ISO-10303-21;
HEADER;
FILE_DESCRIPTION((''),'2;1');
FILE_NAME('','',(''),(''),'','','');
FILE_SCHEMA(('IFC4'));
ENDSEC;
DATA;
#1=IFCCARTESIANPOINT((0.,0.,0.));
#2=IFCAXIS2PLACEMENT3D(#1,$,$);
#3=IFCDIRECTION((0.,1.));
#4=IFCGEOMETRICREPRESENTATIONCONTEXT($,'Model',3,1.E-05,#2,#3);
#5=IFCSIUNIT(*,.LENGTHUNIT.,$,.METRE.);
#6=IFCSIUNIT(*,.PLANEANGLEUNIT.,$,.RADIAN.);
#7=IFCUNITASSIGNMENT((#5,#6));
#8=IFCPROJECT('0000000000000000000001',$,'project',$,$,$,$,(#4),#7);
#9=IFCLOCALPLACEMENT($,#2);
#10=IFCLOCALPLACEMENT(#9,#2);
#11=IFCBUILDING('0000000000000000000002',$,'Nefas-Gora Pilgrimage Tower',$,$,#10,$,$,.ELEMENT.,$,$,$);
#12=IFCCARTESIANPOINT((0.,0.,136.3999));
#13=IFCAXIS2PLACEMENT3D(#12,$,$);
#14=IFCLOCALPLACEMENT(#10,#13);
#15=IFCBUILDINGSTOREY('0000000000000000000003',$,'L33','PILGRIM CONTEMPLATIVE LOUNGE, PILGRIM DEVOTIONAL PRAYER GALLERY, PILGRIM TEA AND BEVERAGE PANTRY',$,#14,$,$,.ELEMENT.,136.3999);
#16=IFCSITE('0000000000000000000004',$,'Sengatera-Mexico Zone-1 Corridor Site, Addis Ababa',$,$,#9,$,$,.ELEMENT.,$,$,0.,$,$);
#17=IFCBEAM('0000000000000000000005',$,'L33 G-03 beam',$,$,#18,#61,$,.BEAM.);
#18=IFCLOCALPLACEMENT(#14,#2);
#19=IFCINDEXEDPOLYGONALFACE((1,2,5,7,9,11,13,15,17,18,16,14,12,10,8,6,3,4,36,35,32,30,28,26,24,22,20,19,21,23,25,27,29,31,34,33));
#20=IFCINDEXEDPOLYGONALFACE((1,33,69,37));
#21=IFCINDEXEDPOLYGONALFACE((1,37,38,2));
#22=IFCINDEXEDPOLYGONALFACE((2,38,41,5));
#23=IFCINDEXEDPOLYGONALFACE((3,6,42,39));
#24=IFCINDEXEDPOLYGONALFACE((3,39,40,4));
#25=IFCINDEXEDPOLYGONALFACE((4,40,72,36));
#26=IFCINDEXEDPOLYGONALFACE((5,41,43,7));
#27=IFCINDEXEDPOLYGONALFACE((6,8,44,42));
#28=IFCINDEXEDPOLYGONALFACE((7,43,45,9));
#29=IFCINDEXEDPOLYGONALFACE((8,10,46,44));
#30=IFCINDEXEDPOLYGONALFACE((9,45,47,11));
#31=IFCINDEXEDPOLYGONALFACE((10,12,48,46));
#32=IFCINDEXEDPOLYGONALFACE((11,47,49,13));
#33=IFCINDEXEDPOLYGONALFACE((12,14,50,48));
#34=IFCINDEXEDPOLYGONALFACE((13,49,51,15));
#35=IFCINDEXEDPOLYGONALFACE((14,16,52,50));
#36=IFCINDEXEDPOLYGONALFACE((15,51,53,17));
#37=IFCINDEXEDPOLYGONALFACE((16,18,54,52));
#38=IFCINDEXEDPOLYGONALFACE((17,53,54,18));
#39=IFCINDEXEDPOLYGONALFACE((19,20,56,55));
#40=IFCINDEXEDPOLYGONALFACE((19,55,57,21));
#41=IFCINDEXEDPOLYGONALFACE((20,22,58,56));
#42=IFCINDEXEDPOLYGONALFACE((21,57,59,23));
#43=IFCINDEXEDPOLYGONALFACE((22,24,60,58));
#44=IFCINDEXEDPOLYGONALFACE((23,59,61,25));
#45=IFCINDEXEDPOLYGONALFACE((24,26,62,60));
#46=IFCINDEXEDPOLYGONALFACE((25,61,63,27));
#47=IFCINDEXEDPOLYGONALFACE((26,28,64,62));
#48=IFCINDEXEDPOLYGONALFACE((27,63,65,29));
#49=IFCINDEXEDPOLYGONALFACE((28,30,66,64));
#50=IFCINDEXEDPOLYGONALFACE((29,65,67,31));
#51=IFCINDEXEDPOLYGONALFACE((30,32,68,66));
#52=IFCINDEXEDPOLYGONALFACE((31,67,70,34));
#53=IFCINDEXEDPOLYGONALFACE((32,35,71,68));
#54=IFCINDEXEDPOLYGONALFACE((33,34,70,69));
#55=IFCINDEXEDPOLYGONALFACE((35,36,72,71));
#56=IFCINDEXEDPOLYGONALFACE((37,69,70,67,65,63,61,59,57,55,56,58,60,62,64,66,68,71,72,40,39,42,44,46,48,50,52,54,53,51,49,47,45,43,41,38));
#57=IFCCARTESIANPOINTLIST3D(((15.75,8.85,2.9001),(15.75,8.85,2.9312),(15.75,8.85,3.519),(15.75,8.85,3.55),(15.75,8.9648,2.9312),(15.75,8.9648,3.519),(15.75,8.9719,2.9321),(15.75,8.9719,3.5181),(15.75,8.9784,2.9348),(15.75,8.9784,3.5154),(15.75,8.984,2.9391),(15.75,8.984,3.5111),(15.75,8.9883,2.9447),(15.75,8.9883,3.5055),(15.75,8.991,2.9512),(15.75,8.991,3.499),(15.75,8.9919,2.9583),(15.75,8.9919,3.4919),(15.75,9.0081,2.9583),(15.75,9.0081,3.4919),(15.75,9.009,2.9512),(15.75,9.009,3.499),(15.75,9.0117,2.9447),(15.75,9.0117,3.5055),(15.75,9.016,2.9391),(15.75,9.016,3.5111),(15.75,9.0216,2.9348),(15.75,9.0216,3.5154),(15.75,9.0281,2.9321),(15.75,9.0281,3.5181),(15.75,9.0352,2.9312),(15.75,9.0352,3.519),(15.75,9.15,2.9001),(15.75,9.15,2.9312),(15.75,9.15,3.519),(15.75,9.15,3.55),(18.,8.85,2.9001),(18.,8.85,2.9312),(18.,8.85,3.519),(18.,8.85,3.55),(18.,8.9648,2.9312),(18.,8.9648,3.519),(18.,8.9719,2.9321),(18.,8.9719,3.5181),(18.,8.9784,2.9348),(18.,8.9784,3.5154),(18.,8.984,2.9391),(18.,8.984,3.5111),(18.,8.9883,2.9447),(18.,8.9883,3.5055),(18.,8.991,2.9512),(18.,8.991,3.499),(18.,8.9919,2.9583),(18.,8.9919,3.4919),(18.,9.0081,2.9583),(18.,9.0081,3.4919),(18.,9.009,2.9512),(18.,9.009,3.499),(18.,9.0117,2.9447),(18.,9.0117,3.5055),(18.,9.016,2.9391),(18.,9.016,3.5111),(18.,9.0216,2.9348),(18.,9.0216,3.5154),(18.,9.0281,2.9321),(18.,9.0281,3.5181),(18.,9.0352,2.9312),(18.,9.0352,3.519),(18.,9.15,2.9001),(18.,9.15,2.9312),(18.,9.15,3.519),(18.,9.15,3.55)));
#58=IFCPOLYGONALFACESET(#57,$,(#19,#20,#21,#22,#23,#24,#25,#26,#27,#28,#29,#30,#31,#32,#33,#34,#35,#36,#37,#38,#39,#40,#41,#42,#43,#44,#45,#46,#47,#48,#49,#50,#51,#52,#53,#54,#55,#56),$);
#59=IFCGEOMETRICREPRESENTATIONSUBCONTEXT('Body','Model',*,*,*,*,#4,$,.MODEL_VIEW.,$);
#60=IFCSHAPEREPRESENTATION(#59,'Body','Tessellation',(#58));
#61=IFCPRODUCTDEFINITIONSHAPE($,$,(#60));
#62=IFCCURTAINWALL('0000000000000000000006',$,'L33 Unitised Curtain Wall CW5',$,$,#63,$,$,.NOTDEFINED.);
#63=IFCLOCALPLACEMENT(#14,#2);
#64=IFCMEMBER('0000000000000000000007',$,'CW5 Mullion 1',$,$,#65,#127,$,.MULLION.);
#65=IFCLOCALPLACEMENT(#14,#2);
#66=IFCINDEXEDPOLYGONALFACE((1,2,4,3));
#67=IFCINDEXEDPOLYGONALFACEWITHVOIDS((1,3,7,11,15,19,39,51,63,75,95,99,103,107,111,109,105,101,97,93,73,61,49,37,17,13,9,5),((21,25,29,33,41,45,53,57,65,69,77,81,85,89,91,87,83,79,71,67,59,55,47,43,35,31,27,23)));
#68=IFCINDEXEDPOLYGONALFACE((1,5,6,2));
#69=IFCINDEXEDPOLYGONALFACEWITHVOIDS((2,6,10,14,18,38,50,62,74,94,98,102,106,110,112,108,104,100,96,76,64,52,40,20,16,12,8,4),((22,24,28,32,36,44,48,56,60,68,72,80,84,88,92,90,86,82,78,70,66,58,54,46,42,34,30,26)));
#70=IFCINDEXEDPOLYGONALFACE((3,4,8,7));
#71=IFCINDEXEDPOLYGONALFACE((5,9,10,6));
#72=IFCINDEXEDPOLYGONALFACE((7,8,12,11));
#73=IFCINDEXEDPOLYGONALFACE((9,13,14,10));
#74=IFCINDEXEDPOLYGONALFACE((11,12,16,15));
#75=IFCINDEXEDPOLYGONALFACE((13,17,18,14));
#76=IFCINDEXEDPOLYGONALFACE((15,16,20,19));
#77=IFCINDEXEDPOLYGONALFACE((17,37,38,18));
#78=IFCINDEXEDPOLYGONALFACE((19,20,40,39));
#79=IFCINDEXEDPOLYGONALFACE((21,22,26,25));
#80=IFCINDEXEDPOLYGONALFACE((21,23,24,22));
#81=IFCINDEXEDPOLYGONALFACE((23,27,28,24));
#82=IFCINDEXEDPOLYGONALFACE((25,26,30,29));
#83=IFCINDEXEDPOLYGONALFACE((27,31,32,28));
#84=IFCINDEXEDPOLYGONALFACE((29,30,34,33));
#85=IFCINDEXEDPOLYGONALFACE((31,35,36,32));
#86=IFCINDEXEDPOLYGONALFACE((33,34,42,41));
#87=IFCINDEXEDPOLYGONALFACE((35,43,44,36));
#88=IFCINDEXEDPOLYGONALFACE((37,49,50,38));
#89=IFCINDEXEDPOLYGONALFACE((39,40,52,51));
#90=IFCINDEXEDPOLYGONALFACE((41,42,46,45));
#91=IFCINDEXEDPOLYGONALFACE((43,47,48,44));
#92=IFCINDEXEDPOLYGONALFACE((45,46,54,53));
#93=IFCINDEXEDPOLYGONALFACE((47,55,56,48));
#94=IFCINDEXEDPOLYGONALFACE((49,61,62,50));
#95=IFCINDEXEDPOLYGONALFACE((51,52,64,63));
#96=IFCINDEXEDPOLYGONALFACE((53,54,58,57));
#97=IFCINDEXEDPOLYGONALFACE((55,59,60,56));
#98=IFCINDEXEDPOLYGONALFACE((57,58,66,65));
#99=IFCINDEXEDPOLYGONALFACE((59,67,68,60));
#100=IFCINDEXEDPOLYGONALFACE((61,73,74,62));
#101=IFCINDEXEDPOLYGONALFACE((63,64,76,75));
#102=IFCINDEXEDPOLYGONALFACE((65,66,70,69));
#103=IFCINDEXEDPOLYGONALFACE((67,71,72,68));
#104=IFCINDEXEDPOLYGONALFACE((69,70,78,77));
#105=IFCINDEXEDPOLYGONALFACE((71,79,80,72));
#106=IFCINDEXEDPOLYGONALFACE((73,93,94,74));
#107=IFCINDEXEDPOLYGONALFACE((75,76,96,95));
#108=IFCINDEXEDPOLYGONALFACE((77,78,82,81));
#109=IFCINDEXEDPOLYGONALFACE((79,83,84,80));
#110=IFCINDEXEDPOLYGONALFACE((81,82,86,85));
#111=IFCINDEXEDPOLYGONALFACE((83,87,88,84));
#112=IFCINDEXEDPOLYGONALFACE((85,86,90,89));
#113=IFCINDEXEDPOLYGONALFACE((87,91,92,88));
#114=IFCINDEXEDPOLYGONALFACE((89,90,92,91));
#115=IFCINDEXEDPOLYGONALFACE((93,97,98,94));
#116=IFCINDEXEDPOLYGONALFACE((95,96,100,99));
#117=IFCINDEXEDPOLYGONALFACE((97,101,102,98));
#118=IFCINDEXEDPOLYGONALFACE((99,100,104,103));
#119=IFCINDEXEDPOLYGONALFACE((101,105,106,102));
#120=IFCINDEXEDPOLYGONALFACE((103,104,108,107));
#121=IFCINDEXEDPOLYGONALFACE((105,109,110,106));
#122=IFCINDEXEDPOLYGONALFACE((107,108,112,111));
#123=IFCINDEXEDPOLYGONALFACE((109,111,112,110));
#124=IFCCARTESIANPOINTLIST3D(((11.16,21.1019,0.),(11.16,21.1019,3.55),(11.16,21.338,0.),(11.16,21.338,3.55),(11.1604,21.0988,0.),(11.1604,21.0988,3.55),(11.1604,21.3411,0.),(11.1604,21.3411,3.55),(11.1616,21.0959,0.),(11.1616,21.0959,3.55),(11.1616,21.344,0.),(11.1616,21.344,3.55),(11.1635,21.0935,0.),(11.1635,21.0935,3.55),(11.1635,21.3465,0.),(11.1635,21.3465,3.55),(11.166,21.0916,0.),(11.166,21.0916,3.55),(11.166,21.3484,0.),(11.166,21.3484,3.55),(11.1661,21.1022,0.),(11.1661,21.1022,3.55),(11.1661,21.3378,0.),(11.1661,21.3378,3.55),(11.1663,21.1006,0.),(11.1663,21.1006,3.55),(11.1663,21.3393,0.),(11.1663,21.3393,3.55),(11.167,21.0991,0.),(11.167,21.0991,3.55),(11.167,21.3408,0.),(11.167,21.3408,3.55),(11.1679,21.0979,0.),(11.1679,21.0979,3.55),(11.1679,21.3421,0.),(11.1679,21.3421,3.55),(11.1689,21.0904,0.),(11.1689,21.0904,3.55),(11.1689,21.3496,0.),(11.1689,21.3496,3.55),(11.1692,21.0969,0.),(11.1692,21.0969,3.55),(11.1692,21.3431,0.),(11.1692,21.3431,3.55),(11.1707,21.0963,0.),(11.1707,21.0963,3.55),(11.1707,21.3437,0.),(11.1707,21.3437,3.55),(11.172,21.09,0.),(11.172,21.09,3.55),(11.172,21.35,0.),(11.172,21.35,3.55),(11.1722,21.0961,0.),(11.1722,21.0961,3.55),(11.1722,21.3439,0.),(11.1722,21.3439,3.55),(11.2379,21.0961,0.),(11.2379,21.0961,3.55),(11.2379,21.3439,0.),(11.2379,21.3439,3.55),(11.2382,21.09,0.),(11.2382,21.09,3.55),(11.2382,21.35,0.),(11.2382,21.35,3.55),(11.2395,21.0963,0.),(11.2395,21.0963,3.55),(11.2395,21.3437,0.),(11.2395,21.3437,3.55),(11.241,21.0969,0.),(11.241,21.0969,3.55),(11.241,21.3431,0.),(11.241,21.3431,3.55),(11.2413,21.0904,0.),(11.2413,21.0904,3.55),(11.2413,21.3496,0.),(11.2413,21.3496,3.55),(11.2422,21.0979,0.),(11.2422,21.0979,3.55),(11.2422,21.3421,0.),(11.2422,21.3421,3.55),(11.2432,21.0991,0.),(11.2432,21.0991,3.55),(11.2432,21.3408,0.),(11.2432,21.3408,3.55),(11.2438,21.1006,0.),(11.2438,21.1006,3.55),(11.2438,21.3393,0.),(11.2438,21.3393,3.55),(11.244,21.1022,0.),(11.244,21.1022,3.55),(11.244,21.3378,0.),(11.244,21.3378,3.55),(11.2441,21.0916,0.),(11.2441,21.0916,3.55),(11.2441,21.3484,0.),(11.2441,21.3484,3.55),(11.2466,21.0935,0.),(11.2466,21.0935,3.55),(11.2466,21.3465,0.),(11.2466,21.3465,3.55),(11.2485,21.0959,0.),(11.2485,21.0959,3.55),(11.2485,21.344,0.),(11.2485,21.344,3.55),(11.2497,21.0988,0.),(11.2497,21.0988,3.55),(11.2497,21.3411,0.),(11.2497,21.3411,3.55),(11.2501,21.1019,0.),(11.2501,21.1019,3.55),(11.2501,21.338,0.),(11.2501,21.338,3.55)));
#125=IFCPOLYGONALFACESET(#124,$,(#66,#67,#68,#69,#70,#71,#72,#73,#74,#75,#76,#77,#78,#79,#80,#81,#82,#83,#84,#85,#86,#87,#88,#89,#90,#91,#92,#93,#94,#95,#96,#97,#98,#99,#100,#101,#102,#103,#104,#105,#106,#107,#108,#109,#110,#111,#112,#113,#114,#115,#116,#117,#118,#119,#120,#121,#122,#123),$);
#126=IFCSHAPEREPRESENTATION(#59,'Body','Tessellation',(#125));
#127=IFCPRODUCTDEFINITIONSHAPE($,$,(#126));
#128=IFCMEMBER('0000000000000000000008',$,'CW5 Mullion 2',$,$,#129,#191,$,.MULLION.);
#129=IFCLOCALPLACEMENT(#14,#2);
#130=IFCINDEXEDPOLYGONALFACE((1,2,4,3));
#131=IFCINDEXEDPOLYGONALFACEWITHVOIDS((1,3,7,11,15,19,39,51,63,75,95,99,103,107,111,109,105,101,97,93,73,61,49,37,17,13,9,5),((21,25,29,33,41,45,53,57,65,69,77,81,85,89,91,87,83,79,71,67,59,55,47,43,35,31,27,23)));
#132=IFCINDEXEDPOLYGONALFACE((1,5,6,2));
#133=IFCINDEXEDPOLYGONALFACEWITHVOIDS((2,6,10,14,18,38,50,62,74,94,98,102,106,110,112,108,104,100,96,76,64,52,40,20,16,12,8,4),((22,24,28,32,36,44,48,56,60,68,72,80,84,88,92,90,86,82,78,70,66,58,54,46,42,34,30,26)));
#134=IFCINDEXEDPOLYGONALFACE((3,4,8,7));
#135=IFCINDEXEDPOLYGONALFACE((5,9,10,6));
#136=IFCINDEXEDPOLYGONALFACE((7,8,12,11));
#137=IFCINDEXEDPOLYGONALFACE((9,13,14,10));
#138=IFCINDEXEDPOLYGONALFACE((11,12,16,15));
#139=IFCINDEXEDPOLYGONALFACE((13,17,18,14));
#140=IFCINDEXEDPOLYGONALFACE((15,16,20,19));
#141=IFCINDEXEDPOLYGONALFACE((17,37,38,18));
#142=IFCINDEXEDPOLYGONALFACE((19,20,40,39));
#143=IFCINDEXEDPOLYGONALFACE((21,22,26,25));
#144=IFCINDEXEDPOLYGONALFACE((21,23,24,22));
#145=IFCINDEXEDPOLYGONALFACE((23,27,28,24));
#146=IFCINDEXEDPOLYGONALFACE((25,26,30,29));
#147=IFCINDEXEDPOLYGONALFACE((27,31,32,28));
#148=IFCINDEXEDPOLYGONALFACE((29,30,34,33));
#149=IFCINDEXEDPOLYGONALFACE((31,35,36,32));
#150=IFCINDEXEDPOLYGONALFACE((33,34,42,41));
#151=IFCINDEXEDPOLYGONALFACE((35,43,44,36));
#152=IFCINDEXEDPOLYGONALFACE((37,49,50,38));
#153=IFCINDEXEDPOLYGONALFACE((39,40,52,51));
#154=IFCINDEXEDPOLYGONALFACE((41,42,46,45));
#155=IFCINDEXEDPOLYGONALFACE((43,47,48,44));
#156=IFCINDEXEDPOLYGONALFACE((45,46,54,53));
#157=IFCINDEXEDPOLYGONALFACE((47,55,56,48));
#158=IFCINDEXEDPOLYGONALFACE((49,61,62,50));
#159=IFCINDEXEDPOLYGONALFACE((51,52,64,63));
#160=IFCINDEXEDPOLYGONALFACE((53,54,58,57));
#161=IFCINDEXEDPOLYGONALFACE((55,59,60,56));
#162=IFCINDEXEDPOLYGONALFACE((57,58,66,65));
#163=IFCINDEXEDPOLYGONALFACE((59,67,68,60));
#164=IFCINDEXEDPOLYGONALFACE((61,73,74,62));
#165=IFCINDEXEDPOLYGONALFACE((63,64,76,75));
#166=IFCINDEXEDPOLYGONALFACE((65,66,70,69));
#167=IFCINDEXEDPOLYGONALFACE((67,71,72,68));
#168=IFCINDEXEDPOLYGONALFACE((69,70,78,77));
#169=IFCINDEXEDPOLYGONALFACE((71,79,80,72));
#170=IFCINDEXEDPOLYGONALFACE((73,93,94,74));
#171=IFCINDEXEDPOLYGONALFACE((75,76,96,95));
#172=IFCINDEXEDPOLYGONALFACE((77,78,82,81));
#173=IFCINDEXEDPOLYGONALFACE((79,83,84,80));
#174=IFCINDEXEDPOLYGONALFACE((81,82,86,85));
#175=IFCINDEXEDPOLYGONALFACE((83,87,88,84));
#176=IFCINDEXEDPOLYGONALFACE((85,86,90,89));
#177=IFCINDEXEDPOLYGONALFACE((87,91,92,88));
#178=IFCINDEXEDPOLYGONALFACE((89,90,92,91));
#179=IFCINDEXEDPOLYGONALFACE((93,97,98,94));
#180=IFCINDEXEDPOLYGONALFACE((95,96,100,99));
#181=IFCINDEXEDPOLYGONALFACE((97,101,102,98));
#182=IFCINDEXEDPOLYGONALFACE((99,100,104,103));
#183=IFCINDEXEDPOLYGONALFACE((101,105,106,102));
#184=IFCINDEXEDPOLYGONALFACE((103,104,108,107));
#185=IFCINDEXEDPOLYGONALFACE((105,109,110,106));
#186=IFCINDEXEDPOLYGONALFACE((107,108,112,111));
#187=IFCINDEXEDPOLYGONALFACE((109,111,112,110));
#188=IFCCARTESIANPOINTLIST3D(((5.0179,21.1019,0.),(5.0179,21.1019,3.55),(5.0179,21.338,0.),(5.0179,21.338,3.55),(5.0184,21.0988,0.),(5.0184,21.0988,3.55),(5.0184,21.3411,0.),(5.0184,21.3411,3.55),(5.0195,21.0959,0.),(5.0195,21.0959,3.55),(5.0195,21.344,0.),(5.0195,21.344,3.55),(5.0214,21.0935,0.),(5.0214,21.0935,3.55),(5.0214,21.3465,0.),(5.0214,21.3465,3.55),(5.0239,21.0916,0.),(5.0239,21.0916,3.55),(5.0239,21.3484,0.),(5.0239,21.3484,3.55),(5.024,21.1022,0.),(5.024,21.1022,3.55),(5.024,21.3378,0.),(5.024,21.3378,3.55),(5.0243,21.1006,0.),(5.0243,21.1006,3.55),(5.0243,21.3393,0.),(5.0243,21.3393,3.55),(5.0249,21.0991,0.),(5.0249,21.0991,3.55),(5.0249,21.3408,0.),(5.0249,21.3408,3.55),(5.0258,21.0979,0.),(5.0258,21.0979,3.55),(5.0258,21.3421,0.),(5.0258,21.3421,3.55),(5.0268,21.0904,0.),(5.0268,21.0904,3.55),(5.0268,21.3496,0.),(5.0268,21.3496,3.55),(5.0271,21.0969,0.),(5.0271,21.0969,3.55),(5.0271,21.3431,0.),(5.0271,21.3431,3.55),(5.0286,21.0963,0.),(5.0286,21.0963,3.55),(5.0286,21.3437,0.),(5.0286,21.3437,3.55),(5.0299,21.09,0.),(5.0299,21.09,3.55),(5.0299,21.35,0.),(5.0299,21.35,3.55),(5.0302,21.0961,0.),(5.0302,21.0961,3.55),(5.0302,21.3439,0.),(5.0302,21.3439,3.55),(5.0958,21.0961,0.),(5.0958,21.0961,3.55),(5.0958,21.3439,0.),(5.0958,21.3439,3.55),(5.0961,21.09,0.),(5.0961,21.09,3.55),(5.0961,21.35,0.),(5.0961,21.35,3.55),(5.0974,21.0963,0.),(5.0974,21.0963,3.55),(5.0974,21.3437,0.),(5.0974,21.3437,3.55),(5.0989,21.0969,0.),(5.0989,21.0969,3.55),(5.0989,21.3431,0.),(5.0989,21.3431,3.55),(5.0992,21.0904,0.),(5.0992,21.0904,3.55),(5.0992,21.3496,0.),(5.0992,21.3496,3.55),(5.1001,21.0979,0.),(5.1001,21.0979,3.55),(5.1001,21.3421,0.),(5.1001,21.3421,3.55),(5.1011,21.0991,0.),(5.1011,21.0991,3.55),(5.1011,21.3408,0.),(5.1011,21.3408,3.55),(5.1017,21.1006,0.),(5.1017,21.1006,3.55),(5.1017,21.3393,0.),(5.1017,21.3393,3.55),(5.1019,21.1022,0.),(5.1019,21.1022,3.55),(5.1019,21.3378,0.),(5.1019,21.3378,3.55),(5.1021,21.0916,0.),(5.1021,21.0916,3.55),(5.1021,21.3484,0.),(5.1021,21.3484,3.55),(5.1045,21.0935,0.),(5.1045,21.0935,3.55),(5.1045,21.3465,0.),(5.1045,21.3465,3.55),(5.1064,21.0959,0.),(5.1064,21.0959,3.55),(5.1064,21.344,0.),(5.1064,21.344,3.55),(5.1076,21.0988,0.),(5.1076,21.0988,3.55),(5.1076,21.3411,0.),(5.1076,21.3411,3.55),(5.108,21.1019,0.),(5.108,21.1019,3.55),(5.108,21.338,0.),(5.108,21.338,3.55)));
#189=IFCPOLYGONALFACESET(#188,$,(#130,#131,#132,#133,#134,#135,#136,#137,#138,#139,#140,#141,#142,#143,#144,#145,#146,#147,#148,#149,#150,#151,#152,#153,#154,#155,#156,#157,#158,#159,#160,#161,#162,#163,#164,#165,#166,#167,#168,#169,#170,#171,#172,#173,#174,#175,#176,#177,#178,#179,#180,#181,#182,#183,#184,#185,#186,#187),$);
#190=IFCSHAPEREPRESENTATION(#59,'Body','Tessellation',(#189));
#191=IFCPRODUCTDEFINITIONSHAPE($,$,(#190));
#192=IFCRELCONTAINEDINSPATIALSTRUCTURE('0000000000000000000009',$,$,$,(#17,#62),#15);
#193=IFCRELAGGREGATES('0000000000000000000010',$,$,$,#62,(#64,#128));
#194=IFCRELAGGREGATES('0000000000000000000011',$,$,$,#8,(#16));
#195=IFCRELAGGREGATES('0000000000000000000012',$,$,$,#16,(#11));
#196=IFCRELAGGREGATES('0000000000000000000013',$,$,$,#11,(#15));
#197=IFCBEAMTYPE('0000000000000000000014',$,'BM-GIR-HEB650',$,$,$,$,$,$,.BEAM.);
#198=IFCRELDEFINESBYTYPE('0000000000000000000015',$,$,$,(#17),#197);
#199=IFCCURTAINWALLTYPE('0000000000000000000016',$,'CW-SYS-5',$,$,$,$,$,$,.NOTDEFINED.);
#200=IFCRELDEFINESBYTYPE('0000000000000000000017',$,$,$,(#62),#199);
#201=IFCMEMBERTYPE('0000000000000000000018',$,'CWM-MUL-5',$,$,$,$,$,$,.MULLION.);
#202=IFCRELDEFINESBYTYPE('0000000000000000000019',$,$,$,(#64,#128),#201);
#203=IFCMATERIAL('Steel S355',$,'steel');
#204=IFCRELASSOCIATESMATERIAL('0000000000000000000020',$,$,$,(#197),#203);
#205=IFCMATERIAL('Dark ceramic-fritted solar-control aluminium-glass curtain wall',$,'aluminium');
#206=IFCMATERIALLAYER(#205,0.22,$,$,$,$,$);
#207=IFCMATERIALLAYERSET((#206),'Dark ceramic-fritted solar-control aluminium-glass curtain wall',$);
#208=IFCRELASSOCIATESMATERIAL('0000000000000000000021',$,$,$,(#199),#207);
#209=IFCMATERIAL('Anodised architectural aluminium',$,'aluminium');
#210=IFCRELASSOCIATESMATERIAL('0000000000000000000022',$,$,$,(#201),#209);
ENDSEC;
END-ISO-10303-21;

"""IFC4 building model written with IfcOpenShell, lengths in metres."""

from ifc_helpers import new_model, si_unit, direction, frame, origin, origin_2d, place, context, subcontext, project, spatial, hollow_rectangle, i_section, extrude, source, transform, mapped, material, layer, layer_set, material_profile, profile_set, type_object, element, aggregate, save


model = new_model("IFC4")

# Units and contexts
model_context = context("Model", 3, precision=1e-05, world=origin(), true_north=direction((0.0, 1.0)))
body_context = subcontext(model_context, "Body", "Model", "MODEL_VIEW")
ifc_project = project(units=[si_unit("LENGTHUNIT", "METRE"), si_unit("PLANEANGLEUNIT", "RADIAN")], contexts=[model_context])

# Site, building, storey
site_placement = place(None, origin())
site = spatial("IfcSite", under=ifc_project, at=site_placement, Name="Sengatera-Mexico Zone-1 Corridor Site, Addis Ababa", CompositionType="ELEMENT", RefElevation=0.0)
building_placement = place(site_placement, origin())
building = spatial("IfcBuilding", under=site, at=building_placement, Name="Nefas-Gora Pilgrimage Tower", CompositionType="ELEMENT")
storey_placement = place(building_placement, frame((0.0, 0.0, 136.3999)))
storey = spatial("IfcBuildingStorey", under=building, at=storey_placement, Name="L33", Description="PILGRIM CONTEMPLATIVE LOUNGE, PILGRIM DEVOTIONAL PRAYER GALLERY, PILGRIM TEA AND BEVERAGE PANTRY", CompositionType="ELEMENT", Elevation=136.3999)

# Beam
ifc_material_1 = material(Name="Steel S355", Category="steel")
ifc_material_profile_1 = material_profile(ifc_material_1, i_section(OverallWidth=0.3, OverallDepth=0.6499, WebThickness=0.0161, FlangeThickness=0.031, FilletRadius=0.0271, at=origin_2d()), Name="HEB 650")
ifc_profile_set_1 = profile_set([ifc_material_profile_1], Name="Steel S355")
beam_type_1 = type_object("IfcBeamType", Name="BM-GIR-HEB650", PredefinedType="BEAM", material=ifc_profile_set_1)
shared_shape_1 = source(origin(), body_context, "Body", "SweptSolid", [
    extrude(i_section(OverallWidth=0.3, OverallDepth=0.6499, WebThickness=0.0161, FlangeThickness=0.031, FilletRadius=0.0271, at=origin_2d()), origin(), (0.0, 0.0, 1.0), 2.25),
])
beam_1_placement = place(storey_placement, frame((15.75, 9.0, 3.2251), z_axis=(1.0, 0.0, 0.0), x_axis=(0.0, 1.0, 0.0)))
element("IfcBeam", 1, at=beam_1_placement, inside=storey, type_object=beam_type_1, Name="L33 G-03 beam", PredefinedType="BEAM", context=body_context, shape_type="MappedRepresentation", body=[
    mapped(shared_shape_1, transform((0.0, 0.0, 0.0), x_axis=(1.0, 0.0, 0.0), y_axis=(0.0, 1.0, 0.0), z_axis=(0.0, 0.0, 1.0), scale=1.0)),
])

# Curtain wall, members
ifc_material_2 = material(Name="Dark ceramic-fritted solar-control aluminium-glass curtain wall", Category="aluminium")
ifc_layer_1 = layer(ifc_material_2, 0.22)
ifc_layer_set_1 = layer_set([ifc_layer_1], Name="Dark ceramic-fritted solar-control aluminium-glass curtain wall")
curtain_wall_type_1 = type_object("IfcCurtainWallType", Name="CW-SYS-5", PredefinedType="NOTDEFINED", material=ifc_layer_set_1)
curtain_wall_1_placement = place(storey_placement, origin())
curtain_wall_1 = element("IfcCurtainWall", 2, at=curtain_wall_1_placement, inside=storey, type_object=curtain_wall_type_1, Name="L33 Unitised Curtain Wall CW5", PredefinedType="NOTDEFINED")
ifc_material_3 = material(Name="Anodised architectural aluminium", Category="aluminium")
ifc_material_profile_2 = material_profile(ifc_material_3, hollow_rectangle(XDim=0.0901, YDim=0.26, WallThickness=0.0061, InnerFilletRadius=0.0061, OuterFilletRadius=0.012, at=origin_2d()), Name="ALU MULLION 90x260")
ifc_profile_set_2 = profile_set([ifc_material_profile_2], Name="Anodised architectural aluminium")
member_type_1 = type_object("IfcMemberType", Name="CWM-MUL-5", PredefinedType="MULLION", material=ifc_profile_set_2)
shared_shape_2 = source(origin(), body_context, "Body", "SweptSolid", [
    extrude(hollow_rectangle(XDim=0.0901, YDim=0.26, WallThickness=0.0061, InnerFilletRadius=0.0061, OuterFilletRadius=0.012, at=origin_2d()), origin(), (0.0, 0.0, 1.0), 3.55),
])
member_1_placement = place(storey_placement, frame((11.2051, 21.22, 0.0), z_axis=(0.0, 0.0, 1.0), x_axis=(-1.0, 0.0, 0.0)))
member_1 = element("IfcMember", 3, at=member_1_placement, type_object=member_type_1, Name="CW5 Mullion 1", PredefinedType="MULLION", context=body_context, shape_type="MappedRepresentation", body=[
    mapped(shared_shape_2, transform((0.0, 0.0, 0.0), x_axis=(1.0, 0.0, 0.0), y_axis=(0.0, 1.0, 0.0), z_axis=(0.0, 0.0, 1.0), scale=1.0)),
])
member_2_placement = place(storey_placement, frame((5.063, 21.22, 0.0), z_axis=(0.0, 0.0, 1.0), x_axis=(-1.0, 0.0, 0.0)))
member_2 = element("IfcMember", 4, at=member_2_placement, type_object=member_type_1, Name="CW5 Mullion 2", PredefinedType="MULLION", context=body_context, shape_type="MappedRepresentation", body=[
    mapped(shared_shape_2, transform((0.0, 0.0, 0.0), x_axis=(1.0, 0.0, 0.0), y_axis=(0.0, 1.0, 0.0), z_axis=(0.0, 0.0, 1.0), scale=1.0)),
])

aggregate(curtain_wall_1, [member_1, member_2])

save(model, "model.ifc")
